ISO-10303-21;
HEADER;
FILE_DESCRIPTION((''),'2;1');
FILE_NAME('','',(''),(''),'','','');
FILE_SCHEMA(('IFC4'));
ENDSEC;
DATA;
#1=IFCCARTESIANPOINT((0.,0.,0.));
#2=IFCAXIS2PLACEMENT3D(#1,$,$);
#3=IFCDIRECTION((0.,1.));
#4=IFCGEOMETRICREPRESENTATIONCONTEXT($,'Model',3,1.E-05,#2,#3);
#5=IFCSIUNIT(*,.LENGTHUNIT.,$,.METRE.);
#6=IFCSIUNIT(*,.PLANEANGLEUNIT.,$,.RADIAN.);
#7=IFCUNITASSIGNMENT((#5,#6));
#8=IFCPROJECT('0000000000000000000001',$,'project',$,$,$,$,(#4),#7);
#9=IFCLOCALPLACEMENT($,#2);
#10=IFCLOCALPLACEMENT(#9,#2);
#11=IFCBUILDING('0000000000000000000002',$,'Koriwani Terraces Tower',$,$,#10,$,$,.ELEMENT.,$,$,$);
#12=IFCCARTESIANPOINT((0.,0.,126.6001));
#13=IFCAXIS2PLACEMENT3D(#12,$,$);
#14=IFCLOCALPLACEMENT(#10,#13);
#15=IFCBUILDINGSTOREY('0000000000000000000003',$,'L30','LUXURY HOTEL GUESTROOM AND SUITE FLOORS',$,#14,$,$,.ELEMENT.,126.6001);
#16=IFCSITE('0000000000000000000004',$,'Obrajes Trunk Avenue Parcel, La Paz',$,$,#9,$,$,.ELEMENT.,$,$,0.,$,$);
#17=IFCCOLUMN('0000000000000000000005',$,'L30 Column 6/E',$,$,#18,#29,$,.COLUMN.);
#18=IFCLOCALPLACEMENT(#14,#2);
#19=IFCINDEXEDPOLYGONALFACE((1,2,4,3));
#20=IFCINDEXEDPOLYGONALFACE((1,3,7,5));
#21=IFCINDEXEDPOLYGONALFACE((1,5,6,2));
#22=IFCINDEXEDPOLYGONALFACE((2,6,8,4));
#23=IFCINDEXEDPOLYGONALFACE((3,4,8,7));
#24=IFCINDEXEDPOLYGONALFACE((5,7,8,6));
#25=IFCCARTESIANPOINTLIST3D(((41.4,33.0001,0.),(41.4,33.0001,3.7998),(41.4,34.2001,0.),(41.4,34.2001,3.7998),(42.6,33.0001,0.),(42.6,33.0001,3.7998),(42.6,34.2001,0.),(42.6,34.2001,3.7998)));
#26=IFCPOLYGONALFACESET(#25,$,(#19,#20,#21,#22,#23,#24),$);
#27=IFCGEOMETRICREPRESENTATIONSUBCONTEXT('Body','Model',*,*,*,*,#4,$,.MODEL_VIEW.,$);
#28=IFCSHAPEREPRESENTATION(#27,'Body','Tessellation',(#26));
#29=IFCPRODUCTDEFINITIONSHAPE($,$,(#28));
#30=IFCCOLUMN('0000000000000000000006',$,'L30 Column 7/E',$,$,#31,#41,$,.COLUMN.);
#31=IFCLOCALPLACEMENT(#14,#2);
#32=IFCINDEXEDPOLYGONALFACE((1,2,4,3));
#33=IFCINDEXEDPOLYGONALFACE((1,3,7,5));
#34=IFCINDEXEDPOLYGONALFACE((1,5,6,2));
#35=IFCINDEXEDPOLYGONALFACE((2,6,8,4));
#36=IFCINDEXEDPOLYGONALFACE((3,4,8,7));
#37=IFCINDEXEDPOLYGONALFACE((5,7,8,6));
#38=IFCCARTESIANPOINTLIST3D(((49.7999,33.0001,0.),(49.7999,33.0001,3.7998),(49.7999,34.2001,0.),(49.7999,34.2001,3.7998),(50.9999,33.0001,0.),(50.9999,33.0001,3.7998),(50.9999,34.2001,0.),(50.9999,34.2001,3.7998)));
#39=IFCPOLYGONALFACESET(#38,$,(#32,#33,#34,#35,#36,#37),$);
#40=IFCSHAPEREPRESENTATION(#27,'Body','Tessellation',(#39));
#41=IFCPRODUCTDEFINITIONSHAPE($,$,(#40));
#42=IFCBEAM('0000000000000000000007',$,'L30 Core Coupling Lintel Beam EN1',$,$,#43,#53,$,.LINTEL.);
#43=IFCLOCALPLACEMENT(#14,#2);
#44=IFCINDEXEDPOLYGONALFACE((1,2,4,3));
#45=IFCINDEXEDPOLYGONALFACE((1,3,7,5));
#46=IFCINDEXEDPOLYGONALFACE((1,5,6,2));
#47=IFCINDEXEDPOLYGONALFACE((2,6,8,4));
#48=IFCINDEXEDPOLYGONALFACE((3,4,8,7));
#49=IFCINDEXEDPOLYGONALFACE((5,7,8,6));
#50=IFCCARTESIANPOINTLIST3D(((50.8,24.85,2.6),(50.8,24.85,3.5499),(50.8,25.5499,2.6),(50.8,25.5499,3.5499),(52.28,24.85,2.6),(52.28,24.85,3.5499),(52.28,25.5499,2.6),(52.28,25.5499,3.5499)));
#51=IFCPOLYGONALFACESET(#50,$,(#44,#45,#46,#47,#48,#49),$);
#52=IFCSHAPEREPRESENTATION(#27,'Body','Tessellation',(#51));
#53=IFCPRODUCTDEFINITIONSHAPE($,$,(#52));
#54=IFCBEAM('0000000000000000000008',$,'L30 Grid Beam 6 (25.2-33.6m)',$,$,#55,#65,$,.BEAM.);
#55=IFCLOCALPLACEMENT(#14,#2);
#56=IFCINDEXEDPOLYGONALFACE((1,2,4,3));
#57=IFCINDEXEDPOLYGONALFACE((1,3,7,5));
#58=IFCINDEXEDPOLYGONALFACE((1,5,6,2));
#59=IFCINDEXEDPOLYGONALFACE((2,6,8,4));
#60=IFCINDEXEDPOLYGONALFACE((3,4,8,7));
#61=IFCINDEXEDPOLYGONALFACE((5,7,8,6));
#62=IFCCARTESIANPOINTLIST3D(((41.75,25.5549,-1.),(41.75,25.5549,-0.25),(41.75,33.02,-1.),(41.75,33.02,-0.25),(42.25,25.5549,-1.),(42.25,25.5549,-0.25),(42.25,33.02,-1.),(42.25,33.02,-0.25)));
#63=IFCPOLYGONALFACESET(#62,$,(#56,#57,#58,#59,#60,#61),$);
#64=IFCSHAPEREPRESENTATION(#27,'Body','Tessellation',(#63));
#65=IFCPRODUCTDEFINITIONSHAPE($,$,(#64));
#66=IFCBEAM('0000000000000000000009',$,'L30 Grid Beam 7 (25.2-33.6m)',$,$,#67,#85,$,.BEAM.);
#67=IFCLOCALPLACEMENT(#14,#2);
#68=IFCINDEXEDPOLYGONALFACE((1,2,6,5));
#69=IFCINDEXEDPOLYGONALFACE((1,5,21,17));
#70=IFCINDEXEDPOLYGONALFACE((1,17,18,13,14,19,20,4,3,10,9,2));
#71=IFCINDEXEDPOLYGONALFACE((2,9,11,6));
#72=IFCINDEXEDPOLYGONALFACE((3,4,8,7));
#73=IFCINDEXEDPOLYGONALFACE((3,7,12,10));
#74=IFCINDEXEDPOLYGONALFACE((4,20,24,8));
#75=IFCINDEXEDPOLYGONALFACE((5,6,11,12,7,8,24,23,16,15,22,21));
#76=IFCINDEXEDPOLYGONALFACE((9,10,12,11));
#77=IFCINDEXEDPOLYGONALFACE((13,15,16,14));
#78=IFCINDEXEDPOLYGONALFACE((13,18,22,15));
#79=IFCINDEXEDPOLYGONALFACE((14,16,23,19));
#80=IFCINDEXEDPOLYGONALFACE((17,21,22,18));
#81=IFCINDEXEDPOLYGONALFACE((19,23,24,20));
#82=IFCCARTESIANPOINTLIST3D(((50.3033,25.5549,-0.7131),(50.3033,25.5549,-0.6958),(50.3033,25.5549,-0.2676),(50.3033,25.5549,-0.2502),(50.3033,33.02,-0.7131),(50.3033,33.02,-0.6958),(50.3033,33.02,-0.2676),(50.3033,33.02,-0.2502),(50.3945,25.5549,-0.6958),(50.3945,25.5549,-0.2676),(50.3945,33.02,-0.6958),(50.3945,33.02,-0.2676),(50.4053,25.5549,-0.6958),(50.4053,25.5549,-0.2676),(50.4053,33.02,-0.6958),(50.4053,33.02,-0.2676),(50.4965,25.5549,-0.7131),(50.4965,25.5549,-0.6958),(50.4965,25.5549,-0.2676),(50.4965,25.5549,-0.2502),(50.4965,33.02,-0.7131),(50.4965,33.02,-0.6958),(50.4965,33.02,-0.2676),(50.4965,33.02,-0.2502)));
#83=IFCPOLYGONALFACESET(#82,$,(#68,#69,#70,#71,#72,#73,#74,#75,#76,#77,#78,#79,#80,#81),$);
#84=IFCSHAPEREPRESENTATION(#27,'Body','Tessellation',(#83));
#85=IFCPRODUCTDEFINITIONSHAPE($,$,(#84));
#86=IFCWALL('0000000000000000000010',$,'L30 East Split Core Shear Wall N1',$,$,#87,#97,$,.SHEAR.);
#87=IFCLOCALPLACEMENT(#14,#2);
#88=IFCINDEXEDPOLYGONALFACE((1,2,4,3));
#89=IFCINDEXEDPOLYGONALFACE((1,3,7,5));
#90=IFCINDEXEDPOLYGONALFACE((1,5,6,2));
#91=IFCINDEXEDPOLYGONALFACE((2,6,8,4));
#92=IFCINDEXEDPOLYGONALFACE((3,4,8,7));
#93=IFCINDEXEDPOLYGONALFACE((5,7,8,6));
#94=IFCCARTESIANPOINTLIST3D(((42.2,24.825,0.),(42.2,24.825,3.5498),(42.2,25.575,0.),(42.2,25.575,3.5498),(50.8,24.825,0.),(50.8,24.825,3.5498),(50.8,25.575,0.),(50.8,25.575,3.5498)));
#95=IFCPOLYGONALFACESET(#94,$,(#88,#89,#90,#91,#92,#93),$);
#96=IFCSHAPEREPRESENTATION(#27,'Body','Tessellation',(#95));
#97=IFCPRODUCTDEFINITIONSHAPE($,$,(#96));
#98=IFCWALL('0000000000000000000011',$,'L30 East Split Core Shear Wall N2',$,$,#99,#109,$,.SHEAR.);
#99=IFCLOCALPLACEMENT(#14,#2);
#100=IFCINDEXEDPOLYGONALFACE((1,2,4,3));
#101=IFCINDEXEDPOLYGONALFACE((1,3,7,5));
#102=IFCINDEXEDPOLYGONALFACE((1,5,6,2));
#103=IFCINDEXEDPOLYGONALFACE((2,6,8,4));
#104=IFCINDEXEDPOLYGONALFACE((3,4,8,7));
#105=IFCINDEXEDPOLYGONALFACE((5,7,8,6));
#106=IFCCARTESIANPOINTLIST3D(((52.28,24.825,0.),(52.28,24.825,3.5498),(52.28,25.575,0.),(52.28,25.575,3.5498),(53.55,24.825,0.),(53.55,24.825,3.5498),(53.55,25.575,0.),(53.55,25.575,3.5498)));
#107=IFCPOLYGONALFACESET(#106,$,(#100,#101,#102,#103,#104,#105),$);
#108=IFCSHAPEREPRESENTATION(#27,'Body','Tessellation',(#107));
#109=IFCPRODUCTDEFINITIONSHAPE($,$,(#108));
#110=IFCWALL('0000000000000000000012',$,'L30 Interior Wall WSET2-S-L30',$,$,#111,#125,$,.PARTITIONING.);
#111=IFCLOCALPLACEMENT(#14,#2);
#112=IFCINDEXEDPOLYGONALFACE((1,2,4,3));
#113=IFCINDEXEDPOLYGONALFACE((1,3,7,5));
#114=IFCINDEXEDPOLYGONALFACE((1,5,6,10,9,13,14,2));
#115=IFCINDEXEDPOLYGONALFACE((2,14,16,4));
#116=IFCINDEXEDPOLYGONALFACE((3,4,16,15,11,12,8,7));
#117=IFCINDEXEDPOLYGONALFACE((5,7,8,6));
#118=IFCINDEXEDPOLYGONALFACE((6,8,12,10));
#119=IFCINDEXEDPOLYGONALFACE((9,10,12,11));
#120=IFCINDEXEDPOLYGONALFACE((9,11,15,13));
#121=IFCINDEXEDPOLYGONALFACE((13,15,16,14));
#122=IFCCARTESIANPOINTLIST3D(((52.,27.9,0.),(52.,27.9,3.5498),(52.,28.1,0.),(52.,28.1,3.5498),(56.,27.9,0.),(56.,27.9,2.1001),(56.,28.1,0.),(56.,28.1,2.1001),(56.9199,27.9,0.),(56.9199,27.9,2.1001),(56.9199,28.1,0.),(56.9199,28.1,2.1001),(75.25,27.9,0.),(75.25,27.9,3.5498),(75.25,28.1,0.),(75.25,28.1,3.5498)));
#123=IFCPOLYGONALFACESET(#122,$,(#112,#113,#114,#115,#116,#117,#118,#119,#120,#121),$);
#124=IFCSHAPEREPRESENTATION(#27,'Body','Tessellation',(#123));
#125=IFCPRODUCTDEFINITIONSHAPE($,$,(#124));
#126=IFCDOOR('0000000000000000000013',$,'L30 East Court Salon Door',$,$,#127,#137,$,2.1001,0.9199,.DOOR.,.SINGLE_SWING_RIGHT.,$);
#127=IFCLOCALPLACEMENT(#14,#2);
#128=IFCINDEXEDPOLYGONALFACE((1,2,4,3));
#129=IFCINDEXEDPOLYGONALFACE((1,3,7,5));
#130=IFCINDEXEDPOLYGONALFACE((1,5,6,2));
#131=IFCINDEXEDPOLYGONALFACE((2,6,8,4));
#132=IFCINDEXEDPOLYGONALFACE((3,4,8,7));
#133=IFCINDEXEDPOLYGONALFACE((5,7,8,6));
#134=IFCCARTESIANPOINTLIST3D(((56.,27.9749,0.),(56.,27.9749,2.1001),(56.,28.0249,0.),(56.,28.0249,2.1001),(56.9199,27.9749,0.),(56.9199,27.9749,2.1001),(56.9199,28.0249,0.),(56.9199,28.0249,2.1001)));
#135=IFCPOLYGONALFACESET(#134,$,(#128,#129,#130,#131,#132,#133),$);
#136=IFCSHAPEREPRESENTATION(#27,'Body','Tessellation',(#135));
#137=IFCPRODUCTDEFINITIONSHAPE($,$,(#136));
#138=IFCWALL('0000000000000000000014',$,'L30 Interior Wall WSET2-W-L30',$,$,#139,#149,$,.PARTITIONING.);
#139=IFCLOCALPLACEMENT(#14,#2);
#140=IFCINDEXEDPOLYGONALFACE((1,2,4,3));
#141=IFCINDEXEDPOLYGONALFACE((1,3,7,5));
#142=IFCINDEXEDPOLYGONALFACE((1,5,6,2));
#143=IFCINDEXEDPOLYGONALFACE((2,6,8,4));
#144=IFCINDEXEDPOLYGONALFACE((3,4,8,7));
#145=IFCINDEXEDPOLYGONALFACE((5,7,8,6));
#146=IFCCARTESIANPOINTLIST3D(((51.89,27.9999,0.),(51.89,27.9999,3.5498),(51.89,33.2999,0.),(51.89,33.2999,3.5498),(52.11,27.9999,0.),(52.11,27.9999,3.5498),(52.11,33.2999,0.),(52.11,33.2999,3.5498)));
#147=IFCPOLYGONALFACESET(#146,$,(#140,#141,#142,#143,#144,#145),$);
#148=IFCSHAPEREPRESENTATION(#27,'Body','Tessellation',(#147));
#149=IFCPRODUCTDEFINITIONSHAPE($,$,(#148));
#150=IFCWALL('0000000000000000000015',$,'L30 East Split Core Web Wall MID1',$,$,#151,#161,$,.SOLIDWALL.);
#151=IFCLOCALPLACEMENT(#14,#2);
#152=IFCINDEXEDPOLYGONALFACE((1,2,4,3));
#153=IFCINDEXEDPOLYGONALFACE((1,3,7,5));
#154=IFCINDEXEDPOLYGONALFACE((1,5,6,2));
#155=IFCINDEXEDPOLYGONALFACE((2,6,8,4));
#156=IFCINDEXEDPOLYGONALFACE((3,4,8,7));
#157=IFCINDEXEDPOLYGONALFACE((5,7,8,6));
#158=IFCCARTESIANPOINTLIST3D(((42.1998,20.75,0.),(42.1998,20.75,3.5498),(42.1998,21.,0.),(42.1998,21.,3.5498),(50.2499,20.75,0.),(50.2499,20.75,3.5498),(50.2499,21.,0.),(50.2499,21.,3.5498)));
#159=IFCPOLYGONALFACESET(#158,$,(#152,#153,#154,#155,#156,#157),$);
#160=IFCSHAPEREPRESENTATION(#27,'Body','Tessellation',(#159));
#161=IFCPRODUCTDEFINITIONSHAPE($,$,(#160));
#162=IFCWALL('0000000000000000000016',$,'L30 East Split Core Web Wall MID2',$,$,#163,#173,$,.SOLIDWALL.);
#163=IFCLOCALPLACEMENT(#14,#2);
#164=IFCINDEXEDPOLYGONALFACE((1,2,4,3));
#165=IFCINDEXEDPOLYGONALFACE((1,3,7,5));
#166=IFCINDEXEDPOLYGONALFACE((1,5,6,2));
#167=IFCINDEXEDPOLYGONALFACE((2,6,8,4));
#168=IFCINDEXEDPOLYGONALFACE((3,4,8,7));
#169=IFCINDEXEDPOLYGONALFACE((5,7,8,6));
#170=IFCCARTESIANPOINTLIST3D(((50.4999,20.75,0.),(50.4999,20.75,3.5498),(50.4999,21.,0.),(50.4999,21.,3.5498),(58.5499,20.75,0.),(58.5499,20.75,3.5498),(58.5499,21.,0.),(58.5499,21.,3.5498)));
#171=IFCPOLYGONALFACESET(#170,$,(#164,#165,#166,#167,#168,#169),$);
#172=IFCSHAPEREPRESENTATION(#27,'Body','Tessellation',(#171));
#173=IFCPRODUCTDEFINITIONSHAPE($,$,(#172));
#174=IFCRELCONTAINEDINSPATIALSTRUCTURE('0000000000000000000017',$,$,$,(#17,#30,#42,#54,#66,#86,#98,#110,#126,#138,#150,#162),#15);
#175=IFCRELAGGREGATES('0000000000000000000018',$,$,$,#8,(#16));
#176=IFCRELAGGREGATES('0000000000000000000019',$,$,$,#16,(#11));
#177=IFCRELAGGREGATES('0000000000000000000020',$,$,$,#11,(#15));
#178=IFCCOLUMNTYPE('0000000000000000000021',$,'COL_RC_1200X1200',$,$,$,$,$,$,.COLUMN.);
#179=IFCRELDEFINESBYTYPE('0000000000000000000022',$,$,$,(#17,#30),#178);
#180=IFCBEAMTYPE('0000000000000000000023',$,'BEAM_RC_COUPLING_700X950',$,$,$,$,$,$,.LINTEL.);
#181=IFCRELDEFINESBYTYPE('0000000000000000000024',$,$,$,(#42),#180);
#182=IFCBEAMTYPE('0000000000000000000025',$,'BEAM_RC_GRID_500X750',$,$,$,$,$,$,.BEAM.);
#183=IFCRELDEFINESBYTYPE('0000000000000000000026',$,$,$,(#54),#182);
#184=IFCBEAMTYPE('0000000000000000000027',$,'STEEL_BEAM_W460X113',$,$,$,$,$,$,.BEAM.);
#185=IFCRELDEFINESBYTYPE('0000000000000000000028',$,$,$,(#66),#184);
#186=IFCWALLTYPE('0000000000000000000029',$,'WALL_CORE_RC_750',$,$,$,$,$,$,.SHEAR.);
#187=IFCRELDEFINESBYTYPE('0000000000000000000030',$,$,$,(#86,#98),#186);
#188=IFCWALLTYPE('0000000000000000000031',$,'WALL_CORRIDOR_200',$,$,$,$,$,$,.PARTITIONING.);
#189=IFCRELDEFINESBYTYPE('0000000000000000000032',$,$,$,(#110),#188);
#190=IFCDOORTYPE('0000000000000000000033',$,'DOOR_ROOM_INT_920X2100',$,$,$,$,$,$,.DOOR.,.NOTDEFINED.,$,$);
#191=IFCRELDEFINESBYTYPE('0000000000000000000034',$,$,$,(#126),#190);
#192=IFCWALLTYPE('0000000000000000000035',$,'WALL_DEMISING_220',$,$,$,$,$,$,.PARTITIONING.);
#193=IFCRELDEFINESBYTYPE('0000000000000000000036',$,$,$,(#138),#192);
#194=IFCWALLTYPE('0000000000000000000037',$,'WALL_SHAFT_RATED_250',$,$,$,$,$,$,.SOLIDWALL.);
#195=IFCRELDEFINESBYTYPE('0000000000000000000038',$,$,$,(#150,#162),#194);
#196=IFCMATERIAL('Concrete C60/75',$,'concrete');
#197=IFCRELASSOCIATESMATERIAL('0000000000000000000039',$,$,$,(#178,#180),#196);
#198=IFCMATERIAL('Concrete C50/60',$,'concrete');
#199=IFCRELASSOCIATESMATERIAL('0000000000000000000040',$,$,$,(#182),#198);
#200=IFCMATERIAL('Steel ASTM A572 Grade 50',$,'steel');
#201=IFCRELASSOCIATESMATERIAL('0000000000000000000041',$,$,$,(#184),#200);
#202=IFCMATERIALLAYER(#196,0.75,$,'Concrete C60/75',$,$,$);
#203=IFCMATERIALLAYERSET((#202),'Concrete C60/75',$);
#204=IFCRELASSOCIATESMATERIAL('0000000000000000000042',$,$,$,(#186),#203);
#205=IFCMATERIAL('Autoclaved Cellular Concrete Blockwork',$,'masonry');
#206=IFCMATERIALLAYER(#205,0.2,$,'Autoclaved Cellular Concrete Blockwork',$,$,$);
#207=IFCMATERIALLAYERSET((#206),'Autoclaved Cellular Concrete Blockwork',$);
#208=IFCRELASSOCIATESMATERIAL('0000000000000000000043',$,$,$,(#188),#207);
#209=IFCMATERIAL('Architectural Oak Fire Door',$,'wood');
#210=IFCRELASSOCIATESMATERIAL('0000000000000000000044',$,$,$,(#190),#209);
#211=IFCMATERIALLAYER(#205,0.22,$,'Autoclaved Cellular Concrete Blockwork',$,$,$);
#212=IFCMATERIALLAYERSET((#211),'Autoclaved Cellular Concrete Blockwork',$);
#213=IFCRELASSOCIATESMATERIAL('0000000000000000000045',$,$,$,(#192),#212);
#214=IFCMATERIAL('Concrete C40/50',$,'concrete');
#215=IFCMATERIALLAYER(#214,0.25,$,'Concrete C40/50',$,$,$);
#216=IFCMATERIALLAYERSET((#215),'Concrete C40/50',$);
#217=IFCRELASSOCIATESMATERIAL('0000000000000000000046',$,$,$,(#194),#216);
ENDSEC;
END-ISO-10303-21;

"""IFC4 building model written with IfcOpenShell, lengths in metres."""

from ifc_helpers import new_model, si_unit, direction, frame, frame_2d, origin, origin_2d, place, context, subcontext, project, spatial, rectangle, i_section, extrude, material, layer, layer_set, material_profile, profile_set, type_object, element, fill, save


model = new_model("IFC4")

# Units and contexts
model_context = context("Model", 3, precision=1e-05, world=origin(), true_north=direction((0.0, 1.0)))
body_context = subcontext(model_context, "Body", "Model", "MODEL_VIEW")
ifc_project = project(units=[si_unit("LENGTHUNIT", "METRE"), si_unit("PLANEANGLEUNIT", "RADIAN")], contexts=[model_context])

# Site, building, storey
site_placement = place(None, origin())
site = spatial("IfcSite", under=ifc_project, at=site_placement, Name="Obrajes Trunk Avenue Parcel, La Paz", CompositionType="ELEMENT", RefElevation=0.0)
building_placement = place(site_placement, origin())
building = spatial("IfcBuilding", under=site, at=building_placement, Name="Koriwani Terraces Tower", CompositionType="ELEMENT")
storey_placement = place(building_placement, frame((0.0, 0.0, 126.6001)))
storey = spatial("IfcBuildingStorey", under=building, at=storey_placement, Name="L30", Description="LUXURY HOTEL GUESTROOM AND SUITE FLOORS", CompositionType="ELEMENT", Elevation=126.6001)

# Columns
ifc_material_1 = material(Name="Concrete C60/75", Category="concrete")
ifc_material_profile_1 = material_profile(ifc_material_1, rectangle(XDim=1.2, YDim=1.2, at=origin_2d()), Name="Concrete C60/75", Category="LoadBearing")
ifc_profile_set_1 = profile_set([ifc_material_profile_1], Name="Concrete C60/75")
column_type = type_object("IfcColumnType", Name="COL_RC_1200X1200", PredefinedType="COLUMN", material=ifc_profile_set_1)
for number, where, z_axis, x_axis, name in (
    (1, (42.0, 33.6001, 0.0), (0.0, 0.0, 1.0), (1.0, 0.0, 0.0), "L30 Column 6/E"),
    (2, (50.3999, 33.6001, 0.0), (0.0, 0.0, 1.0), (1.0, 0.0, 0.0), "L30 Column 7/E"),
):
    element("IfcColumn", number, at=place(storey_placement, frame(where, z_axis=z_axis, x_axis=x_axis)), inside=storey, type_object=column_type, Name=name, PredefinedType="COLUMN", context=body_context, shape_type="SweptSolid", body=[
        extrude(rectangle(XDim=1.2, YDim=1.2, at=origin_2d()), origin(), (0.0, 0.0, 1.0), 3.7998),
    ])

# Beams
ifc_material_profile_2 = material_profile(ifc_material_1, rectangle(XDim=0.7, YDim=0.95, at=origin_2d()), Name="Concrete C60/75", Category="LoadBearing")
ifc_profile_set_2 = profile_set([ifc_material_profile_2], Name="Concrete C60/75")
beam_type_1 = type_object("IfcBeamType", Name="BEAM_RC_COUPLING_700X950", PredefinedType="LINTEL", material=ifc_profile_set_2)
beam_1_placement = place(storey_placement, frame((50.8, 25.2, 3.075), z_axis=(1.0, 0.0, 0.0), x_axis=(0.0, 1.0, 0.0)))
element("IfcBeam", 3, at=beam_1_placement, inside=storey, type_object=beam_type_1, Name="L30 Core Coupling Lintel Beam EN1", PredefinedType="LINTEL", context=body_context, shape_type="SweptSolid", body=[
    extrude(rectangle(XDim=0.7, YDim=0.95, at=origin_2d()), origin(), (0.0, 0.0, 1.0), 1.48),
])
ifc_material_2 = material(Name="Concrete C50/60", Category="concrete")
ifc_material_profile_3 = material_profile(ifc_material_2, rectangle(XDim=0.5, YDim=0.75, at=origin_2d()), Name="Concrete C50/60", Category="LoadBearing")
ifc_profile_set_3 = profile_set([ifc_material_profile_3], Name="Concrete C50/60")
beam_type_2 = type_object("IfcBeamType", Name="BEAM_RC_GRID_500X750", PredefinedType="BEAM", material=ifc_profile_set_3)
beam_2_placement = place(storey_placement, frame((42.0, 25.5549, -0.625), z_axis=(0.0, 1.0, 0.0), x_axis=(-1.0, 0.0, 0.0)))
element("IfcBeam", 4, at=beam_2_placement, inside=storey, type_object=beam_type_2, Name="L30 Grid Beam 6 (25.2-33.6m)", PredefinedType="BEAM", context=body_context, shape_type="SweptSolid", body=[
    extrude(rectangle(XDim=0.5, YDim=0.75, at=origin_2d()), origin(), (0.0, 0.0, 1.0), 7.4651),
])
ifc_material_3 = material(Name="Steel ASTM A572 Grade 50", Category="steel")
ifc_material_profile_4 = material_profile(ifc_material_3, i_section(OverallWidth=0.1931, OverallDepth=0.4629, WebThickness=0.0107, FlangeThickness=0.0173, at=origin_2d()), Name="Steel ASTM A572 Grade 50", Category="LoadBearing")
ifc_profile_set_4 = profile_set([ifc_material_profile_4], Name="Steel ASTM A572 Grade 50")
beam_type_3 = type_object("IfcBeamType", Name="STEEL_BEAM_W460X113", PredefinedType="BEAM", material=ifc_profile_set_4)
beam_3_placement = place(storey_placement, frame((50.3999, 25.5549, -0.4817), z_axis=(0.0, 1.0, 0.0), x_axis=(-1.0, 0.0, 0.0)))
element("IfcBeam", 5, at=beam_3_placement, inside=storey, type_object=beam_type_3, Name="L30 Grid Beam 7 (25.2-33.6m)", PredefinedType="BEAM", context=body_context, shape_type="SweptSolid", body=[
    extrude(i_section(OverallWidth=0.1931, OverallDepth=0.4629, WebThickness=0.0107, FlangeThickness=0.0173, at=origin_2d()), origin(), (0.0, 0.0, 1.0), 7.4651),
])

# Walls
ifc_layer_1 = layer(ifc_material_1, 0.75, Name="Concrete C60/75")
ifc_layer_set_1 = layer_set([ifc_layer_1], Name="Concrete C60/75")
wall_type_1 = type_object("IfcWallType", Name="WALL_CORE_RC_750", PredefinedType="SHEAR", material=ifc_layer_set_1)
wall_1_placement = place(storey_placement, frame((42.2, 25.2, 0.0), z_axis=(0.0, 0.0, 1.0), x_axis=(1.0, 0.0, 0.0)))
element("IfcWall", 6, at=wall_1_placement, inside=storey, type_object=wall_type_1, Name="L30 East Split Core Shear Wall N1", PredefinedType="SHEAR", context=body_context, shape_type="SweptSolid", body=[
    extrude(rectangle(XDim=8.6001, YDim=0.75, at=frame_2d((4.3, 0.0))), origin(), (0.0, 0.0, 1.0), 3.5498),
])
wall_2_placement = place(storey_placement, frame((52.28, 25.2, 0.0), z_axis=(0.0, 0.0, 1.0), x_axis=(1.0, 0.0, 0.0)))
element("IfcWall", 7, at=wall_2_placement, inside=storey, type_object=wall_type_1, Name="L30 East Split Core Shear Wall N2", PredefinedType="SHEAR", context=body_context, shape_type="SweptSolid", body=[
    extrude(rectangle(XDim=1.27, YDim=0.75, at=frame_2d((0.635, 0.0))), origin(), (0.0, 0.0, 1.0), 3.5498),
])

# Wall, opening, door
ifc_material_4 = material(Name="Autoclaved Cellular Concrete Blockwork", Category="masonry")
ifc_layer_2 = layer(ifc_material_4, 0.2, Name="Autoclaved Cellular Concrete Blockwork")
ifc_layer_set_2 = layer_set([ifc_layer_2], Name="Autoclaved Cellular Concrete Blockwork")
wall_type_2 = type_object("IfcWallType", Name="WALL_CORRIDOR_200", PredefinedType="PARTITIONING", material=ifc_layer_set_2)
wall_3_placement = place(storey_placement, frame((52.0, 28.0, 0.0), z_axis=(0.0, 0.0, 1.0), x_axis=(1.0, 0.0, 0.0)))
wall_3 = element("IfcWall", 8, at=wall_3_placement, inside=storey, type_object=wall_type_2, Name="L30 Interior Wall WSET2-S-L30", PredefinedType="PARTITIONING", context=body_context, shape_type="SweptSolid", body=[
    extrude(rectangle(XDim=23.25, YDim=0.2, at=frame_2d((11.625, 0.0))), origin(), (0.0, 0.0, 1.0), 3.5498),
])
opening_1_placement = place(wall_3_placement, frame((4.0, 0.0, 0.0)))
opening_1 = element("IfcOpeningElement", 9, at=opening_1_placement, cuts=wall_3, PredefinedType="OPENING", context=body_context, shape_type="SweptSolid", body=[
    extrude(rectangle(XDim=0.9199, YDim=2.1001, at=frame_2d((0.46, 1.05))), frame((0.0, 0.1099, 0.0), z_axis=(0.0, -1.0, 0.0), x_axis=(1.0, 0.0, 0.0)), (0.0, 0.0, 1.0), 0.22),
])
ifc_material_5 = material(Name="Architectural Oak Fire Door", Category="wood")
door_type_1 = type_object("IfcDoorType", Name="DOOR_ROOM_INT_920X2100", OperationType="NOTDEFINED", PredefinedType="DOOR", material=ifc_material_5)
door_1_placement = place(opening_1_placement, origin())
door_1 = element("IfcDoor", 10, at=door_1_placement, inside=storey, type_object=door_type_1, Name="L30 East Court Salon Door", OperationType="SINGLE_SWING_RIGHT", OverallHeight=2.1001, OverallWidth=0.9199, PredefinedType="DOOR", context=body_context, shape_type="SweptSolid", body=[
    extrude(rectangle(XDim=0.9199, YDim=2.1001, at=frame_2d((0.46, 1.05))), frame((0.0, 0.0249, 0.0), z_axis=(0.0, -1.0, 0.0), x_axis=(1.0, 0.0, 0.0)), (0.0, 0.0, 1.0), 0.05),
])
fill(opening_1, door_1)

# Walls
ifc_layer_3 = layer(ifc_material_4, 0.22, Name="Autoclaved Cellular Concrete Blockwork")
ifc_layer_set_3 = layer_set([ifc_layer_3], Name="Autoclaved Cellular Concrete Blockwork")
wall_type_3 = type_object("IfcWallType", Name="WALL_DEMISING_220", PredefinedType="PARTITIONING", material=ifc_layer_set_3)
wall_4_placement = place(storey_placement, frame((52.0, 28.0, 0.0), z_axis=(0.0, 0.0, 1.0), x_axis=(0.0, 1.0, 0.0)))
element("IfcWall", 11, at=wall_4_placement, inside=storey, type_object=wall_type_3, Name="L30 Interior Wall WSET2-W-L30", PredefinedType="PARTITIONING", context=body_context, shape_type="SweptSolid", body=[
    extrude(rectangle(XDim=5.3, YDim=0.22, at=frame_2d((2.6499, 0.0))), origin(), (0.0, 0.0, 1.0), 3.5498),
])
ifc_material_6 = material(Name="Concrete C40/50", Category="concrete")
ifc_layer_4 = layer(ifc_material_6, 0.25, Name="Concrete C40/50")
ifc_layer_set_4 = layer_set([ifc_layer_4], Name="Concrete C40/50")
wall_type_4 = type_object("IfcWallType", Name="WALL_SHAFT_RATED_250", PredefinedType="SOLIDWALL", material=ifc_layer_set_4)
for number, where, z_axis, x_axis, name in (
    (12, (42.2, 20.875, 0.0), (0.0, 0.0, 1.0), (1.0, 0.0, 0.0), "L30 East Split Core Web Wall MID1"),
    (13, (50.5, 20.875, 0.0), (0.0, 0.0, 1.0), (1.0, 0.0, 0.0), "L30 East Split Core Web Wall MID2"),
):
    element("IfcWall", number, at=place(storey_placement, frame(where, z_axis=z_axis, x_axis=x_axis)), inside=storey, type_object=wall_type_4, Name=name, PredefinedType="SOLIDWALL", context=body_context, shape_type="SweptSolid", body=[
        extrude(rectangle(XDim=8.05, YDim=0.25, at=frame_2d((4.0249, 0.0))), origin(), (0.0, 0.0, 1.0), 3.5498),
    ])

save(model, "model.ifc")
